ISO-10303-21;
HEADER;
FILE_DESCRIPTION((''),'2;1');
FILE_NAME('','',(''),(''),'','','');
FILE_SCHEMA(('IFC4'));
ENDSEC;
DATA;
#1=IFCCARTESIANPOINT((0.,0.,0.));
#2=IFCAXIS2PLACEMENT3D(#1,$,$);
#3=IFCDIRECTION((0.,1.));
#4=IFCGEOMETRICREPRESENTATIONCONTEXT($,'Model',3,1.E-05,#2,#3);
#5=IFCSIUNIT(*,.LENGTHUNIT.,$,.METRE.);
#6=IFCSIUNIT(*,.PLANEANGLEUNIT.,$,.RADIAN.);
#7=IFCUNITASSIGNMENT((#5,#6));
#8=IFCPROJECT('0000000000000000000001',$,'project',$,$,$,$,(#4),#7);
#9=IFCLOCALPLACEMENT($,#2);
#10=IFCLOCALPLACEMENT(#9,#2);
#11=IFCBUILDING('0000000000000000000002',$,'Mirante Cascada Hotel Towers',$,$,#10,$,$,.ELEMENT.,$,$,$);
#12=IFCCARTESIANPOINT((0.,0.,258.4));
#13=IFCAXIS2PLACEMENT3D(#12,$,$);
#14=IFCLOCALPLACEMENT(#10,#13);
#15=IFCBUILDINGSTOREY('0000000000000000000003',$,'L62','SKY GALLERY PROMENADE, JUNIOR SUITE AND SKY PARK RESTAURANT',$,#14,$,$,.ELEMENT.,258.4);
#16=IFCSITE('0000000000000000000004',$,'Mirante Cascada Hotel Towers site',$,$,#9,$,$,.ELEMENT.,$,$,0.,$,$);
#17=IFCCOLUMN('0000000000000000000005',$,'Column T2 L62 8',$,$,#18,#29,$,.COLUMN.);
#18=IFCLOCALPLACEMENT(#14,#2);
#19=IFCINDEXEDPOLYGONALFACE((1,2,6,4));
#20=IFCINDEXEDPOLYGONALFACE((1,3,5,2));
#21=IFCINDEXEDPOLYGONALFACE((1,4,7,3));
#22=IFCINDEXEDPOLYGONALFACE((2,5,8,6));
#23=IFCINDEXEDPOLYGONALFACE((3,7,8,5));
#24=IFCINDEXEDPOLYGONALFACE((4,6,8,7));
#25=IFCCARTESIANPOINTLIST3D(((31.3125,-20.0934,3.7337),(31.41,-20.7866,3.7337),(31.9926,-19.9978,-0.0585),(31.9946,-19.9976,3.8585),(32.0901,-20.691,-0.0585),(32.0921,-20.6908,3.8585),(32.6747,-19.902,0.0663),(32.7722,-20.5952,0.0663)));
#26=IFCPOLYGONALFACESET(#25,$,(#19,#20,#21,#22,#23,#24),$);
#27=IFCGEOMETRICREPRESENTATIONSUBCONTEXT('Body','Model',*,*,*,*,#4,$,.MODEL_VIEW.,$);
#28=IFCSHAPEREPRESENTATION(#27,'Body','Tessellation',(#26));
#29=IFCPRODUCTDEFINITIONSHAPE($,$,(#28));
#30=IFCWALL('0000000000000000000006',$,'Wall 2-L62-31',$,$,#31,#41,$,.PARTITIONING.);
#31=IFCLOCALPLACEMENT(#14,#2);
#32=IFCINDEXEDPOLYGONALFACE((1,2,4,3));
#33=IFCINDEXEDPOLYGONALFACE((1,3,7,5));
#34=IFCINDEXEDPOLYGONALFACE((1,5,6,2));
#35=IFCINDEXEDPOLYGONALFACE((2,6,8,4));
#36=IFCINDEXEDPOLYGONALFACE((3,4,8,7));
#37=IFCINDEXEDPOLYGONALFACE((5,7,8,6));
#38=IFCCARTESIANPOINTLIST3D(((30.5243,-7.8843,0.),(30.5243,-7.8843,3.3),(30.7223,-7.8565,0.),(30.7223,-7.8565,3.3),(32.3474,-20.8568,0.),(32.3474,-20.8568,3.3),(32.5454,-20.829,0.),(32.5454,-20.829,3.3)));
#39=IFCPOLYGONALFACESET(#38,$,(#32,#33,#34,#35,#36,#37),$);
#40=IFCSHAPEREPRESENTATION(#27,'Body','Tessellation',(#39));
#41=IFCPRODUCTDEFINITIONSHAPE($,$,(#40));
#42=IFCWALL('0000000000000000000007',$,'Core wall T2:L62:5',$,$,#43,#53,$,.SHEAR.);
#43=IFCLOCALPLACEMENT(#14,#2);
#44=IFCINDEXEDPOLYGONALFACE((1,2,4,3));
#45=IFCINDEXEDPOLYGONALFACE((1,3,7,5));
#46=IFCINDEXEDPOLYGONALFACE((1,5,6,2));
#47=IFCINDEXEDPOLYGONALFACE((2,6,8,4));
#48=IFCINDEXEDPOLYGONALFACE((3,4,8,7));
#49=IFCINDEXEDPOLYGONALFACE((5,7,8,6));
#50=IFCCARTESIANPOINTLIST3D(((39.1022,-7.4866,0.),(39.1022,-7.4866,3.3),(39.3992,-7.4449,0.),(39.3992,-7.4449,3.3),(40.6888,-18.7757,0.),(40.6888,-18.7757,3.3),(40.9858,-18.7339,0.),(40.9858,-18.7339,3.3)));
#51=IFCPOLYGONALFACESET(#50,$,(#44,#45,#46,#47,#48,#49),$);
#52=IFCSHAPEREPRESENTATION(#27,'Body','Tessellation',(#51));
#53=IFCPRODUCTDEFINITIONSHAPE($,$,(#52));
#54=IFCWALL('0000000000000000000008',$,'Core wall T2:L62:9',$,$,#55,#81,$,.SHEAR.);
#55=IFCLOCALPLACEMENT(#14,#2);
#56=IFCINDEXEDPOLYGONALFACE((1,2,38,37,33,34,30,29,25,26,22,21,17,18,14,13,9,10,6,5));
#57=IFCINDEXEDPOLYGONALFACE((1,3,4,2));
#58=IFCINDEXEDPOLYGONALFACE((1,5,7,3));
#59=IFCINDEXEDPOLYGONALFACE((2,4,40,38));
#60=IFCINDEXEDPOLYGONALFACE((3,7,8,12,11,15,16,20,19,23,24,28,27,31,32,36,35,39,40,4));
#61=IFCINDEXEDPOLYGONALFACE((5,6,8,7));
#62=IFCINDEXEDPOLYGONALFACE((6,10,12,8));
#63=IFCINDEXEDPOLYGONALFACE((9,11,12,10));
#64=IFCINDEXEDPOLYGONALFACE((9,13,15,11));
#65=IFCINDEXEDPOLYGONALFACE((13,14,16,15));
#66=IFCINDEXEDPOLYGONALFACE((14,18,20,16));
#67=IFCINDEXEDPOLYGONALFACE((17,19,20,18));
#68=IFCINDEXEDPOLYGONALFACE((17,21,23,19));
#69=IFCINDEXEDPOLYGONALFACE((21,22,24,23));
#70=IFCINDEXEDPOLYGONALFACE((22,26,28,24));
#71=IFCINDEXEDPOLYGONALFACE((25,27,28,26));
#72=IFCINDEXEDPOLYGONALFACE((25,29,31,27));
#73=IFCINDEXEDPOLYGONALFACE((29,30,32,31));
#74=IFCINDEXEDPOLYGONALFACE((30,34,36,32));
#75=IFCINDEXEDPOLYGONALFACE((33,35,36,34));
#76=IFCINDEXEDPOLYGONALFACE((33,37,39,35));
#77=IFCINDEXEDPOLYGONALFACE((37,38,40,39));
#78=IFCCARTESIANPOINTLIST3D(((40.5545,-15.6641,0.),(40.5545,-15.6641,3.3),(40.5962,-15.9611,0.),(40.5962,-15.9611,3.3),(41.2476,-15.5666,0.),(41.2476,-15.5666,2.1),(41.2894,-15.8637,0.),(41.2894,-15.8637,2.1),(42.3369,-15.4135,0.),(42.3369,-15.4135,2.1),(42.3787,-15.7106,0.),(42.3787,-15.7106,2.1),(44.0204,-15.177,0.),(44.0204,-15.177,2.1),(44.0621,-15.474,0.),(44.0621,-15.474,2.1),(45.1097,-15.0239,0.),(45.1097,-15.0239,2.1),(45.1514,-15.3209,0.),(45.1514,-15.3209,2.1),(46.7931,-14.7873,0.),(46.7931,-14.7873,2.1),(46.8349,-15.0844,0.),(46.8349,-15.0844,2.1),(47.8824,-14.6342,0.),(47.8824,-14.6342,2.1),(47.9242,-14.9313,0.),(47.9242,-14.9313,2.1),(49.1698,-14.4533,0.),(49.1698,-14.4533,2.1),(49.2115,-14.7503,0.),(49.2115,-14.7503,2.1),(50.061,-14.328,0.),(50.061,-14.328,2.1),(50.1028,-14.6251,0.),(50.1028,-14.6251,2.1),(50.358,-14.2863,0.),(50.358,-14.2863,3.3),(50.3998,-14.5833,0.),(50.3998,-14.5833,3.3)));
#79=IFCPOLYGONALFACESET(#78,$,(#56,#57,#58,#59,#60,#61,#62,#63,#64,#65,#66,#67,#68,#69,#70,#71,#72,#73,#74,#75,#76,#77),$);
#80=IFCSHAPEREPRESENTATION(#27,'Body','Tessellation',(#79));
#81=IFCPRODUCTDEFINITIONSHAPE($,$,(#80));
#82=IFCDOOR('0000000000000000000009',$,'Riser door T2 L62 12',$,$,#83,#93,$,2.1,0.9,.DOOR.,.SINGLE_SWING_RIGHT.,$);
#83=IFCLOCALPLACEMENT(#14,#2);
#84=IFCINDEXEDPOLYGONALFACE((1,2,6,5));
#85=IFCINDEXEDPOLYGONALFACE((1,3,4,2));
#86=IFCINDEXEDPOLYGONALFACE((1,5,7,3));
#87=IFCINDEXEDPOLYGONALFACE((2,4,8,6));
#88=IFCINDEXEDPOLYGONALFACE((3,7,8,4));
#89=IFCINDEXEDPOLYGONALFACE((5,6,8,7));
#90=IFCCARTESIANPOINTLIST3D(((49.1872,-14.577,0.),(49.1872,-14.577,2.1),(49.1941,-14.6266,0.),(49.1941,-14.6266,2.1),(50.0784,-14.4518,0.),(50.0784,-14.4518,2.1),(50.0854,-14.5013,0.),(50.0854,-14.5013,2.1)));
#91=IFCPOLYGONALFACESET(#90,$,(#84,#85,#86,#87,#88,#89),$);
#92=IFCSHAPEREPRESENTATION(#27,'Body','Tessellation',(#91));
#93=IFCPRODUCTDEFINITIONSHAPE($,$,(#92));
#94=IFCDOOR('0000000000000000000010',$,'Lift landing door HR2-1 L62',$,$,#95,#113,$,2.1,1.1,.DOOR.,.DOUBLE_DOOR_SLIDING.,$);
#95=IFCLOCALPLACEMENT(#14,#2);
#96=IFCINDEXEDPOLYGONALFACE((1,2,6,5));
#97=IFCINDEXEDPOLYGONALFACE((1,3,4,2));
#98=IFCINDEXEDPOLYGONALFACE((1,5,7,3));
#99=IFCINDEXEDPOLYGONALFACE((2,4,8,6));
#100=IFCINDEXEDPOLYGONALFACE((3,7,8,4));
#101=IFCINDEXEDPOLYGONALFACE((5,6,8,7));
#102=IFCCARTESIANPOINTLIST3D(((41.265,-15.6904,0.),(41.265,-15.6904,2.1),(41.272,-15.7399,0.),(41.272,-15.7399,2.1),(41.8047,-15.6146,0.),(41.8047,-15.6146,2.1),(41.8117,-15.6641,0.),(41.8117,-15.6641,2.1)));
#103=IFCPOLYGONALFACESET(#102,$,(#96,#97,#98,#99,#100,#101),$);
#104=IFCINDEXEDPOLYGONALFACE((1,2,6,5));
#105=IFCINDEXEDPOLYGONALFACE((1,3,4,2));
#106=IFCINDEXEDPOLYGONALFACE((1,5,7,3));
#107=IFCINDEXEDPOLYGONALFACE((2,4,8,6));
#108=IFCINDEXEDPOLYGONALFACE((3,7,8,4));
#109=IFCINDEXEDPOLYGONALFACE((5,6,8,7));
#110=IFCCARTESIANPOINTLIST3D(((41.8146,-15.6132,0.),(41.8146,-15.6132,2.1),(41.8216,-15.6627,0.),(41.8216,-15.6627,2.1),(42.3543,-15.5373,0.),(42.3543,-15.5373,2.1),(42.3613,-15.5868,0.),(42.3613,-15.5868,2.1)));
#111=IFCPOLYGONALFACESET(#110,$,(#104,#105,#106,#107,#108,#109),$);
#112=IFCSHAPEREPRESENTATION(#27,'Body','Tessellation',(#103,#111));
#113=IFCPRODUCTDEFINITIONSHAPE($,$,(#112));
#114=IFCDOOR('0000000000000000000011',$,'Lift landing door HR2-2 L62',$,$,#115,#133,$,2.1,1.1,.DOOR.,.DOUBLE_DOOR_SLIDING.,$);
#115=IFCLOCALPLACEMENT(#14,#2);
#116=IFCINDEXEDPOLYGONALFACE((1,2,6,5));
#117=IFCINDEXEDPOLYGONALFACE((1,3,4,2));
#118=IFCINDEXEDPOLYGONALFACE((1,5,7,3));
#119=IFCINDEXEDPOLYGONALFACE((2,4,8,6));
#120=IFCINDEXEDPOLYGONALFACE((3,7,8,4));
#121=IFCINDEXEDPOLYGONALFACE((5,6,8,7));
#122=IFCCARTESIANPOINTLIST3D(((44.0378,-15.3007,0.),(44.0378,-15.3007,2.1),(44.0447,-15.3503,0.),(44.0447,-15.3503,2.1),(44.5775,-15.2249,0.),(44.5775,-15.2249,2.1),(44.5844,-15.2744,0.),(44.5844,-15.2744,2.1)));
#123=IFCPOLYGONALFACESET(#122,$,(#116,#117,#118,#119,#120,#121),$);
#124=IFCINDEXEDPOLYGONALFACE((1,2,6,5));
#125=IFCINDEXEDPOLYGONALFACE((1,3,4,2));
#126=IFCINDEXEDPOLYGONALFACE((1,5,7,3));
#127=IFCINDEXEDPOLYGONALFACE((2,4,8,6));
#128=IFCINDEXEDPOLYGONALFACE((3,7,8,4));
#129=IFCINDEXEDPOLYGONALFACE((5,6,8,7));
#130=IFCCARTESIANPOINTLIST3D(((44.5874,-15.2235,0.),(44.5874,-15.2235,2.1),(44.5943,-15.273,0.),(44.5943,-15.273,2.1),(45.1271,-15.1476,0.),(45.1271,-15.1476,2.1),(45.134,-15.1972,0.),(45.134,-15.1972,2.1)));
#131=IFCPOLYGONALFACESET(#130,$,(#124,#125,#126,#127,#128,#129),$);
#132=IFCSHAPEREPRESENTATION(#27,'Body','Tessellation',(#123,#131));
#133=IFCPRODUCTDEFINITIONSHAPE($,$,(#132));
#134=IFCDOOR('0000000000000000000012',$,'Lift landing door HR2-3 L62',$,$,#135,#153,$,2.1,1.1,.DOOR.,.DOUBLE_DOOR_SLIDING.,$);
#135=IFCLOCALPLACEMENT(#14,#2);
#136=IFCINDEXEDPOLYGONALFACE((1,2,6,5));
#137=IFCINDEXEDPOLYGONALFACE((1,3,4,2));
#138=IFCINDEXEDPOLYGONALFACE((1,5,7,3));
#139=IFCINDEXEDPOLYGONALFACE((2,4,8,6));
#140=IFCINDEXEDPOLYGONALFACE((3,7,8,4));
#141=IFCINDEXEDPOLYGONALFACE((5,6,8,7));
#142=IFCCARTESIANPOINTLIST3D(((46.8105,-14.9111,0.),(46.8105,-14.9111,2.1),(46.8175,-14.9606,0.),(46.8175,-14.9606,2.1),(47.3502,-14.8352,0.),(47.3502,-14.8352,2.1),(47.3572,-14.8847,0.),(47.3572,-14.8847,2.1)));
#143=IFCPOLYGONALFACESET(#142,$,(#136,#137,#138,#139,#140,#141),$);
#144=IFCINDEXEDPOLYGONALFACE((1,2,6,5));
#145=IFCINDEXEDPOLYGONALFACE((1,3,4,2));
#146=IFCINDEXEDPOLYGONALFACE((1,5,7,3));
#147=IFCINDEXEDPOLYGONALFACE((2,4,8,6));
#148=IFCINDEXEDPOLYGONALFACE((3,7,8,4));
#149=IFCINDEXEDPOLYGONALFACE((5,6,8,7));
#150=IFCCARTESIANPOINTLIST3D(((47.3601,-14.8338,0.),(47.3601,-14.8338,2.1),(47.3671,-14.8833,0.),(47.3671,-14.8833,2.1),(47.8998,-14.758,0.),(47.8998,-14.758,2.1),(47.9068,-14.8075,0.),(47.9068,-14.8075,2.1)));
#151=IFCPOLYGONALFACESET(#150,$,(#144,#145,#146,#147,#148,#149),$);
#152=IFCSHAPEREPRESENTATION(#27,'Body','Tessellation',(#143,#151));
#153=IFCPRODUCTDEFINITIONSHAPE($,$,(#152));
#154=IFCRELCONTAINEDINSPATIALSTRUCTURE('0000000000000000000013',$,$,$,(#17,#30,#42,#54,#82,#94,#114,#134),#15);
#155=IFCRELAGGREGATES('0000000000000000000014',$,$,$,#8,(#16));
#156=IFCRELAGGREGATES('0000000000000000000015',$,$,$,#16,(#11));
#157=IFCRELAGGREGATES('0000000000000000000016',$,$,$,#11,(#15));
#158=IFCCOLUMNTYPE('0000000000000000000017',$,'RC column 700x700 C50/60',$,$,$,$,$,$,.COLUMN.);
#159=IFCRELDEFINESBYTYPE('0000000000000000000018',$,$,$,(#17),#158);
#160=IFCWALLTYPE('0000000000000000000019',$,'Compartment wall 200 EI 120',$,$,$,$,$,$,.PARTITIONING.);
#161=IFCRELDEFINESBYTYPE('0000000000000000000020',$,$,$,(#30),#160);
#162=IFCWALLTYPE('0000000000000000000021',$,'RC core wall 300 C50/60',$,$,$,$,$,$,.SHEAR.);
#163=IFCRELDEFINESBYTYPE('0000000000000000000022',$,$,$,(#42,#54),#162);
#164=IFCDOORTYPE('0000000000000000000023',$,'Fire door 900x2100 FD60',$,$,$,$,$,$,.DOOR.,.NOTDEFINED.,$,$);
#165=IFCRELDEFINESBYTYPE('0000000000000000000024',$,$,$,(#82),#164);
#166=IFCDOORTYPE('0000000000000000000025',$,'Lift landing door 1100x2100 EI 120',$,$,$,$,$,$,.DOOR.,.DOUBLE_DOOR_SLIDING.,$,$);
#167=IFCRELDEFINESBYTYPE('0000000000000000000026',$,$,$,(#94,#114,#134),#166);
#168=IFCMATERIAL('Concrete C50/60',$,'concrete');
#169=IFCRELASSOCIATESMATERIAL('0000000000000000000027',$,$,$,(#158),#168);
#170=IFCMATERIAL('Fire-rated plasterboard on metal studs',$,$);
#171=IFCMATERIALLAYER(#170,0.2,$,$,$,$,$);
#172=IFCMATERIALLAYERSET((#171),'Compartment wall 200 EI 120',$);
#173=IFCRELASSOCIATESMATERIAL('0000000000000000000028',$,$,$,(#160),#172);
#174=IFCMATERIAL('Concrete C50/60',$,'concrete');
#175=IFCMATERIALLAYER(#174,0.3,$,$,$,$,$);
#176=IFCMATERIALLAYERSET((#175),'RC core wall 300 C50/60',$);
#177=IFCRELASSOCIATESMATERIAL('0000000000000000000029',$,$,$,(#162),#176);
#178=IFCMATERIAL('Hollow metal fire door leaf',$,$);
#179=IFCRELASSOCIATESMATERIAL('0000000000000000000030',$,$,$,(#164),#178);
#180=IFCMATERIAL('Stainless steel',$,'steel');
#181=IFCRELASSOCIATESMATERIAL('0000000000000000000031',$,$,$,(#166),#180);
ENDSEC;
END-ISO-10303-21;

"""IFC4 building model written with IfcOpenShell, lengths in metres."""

from ifc_helpers import new_model, si_unit, direction, frame, frame_2d, origin, origin_2d, place, context, subcontext, project, spatial, rectangle, extrude, material, layer, layer_set, material_profile, profile_set, type_object, element, fill, save


model = new_model("IFC4")

# Units and contexts
model_context = context("Model", 3, precision=1e-05, world=origin(), true_north=direction((0.0, 1.0)))
body_context = subcontext(model_context, "Body", "Model", "MODEL_VIEW")
ifc_project = project(units=[si_unit("LENGTHUNIT", "METRE"), si_unit("PLANEANGLEUNIT", "RADIAN")], contexts=[model_context])

# Site, building, storey
site_placement = place(None, origin())
site = spatial("IfcSite", under=ifc_project, at=site_placement, Name="Mirante Cascada Hotel Towers site", CompositionType="ELEMENT", RefElevation=0.0)
building_placement = place(site_placement, origin())
building = spatial("IfcBuilding", under=site, at=building_placement, Name="Mirante Cascada Hotel Towers", CompositionType="ELEMENT")
storey_placement = place(building_placement, frame((0.0, 0.0, 258.4)))
storey = spatial("IfcBuildingStorey", under=building, at=storey_placement, Name="L62", Description="SKY GALLERY PROMENADE, JUNIOR SUITE AND SKY PARK RESTAURANT", CompositionType="ELEMENT", Elevation=258.4)

# Column
ifc_material_1 = material(Name="Concrete C50/60", Category="concrete")
ifc_material_profile = material_profile(ifc_material_1, rectangle(XDim=0.7, YDim=0.7, at=origin_2d()), Name="RC column 700x700 C50/60")
ifc_profile_set = profile_set([ifc_material_profile], Name="Concrete C50/60")
column_type = type_object("IfcColumnType", Name="RC column 700x700 C50/60", PredefinedType="COLUMN", material=ifc_profile_set)
column_placement = place(storey_placement, frame((32.3824, -20.2965, 0.0039), z_axis=(-0.176471, -0.024806, 0.983993), x_axis=(0.139199, -0.990264, 0.0)))
element("IfcColumn", 1, at=column_placement, inside=storey, type_object=column_type, Name="Column T2 L62 8", PredefinedType="COLUMN", context=body_context, shape_type="SweptSolid", body=[
    extrude(rectangle(XDim=0.7, YDim=0.7, at=origin_2d()), origin(), (0.0, 0.0, 1.0), 3.8539),
])

# Walls
ifc_material_2 = material(Name="Fire-rated plasterboard on metal studs")
ifc_layer_1 = layer(ifc_material_2, 0.2)
ifc_layer_set_1 = layer_set([ifc_layer_1], Name="Compartment wall 200 EI 120")
wall_type_1 = type_object("IfcWallType", Name="Compartment wall 200 EI 120", PredefinedType="PARTITIONING", material=ifc_layer_set_1)
wall_1_placement = place(storey_placement, frame((32.4464, -20.8429, 0.0), z_axis=(0.0, 0.0, 1.0), x_axis=(-0.139168, 0.990269, 0.0)))
element("IfcWall", 2, at=wall_1_placement, inside=storey, type_object=wall_type_1, Name="Wall 2-L62-31", PredefinedType="PARTITIONING", context=body_context, shape_type="SweptSolid", body=[
    extrude(rectangle(XDim=13.1, YDim=0.2, at=frame_2d((6.55, 0.0))), origin(), (0.0, 0.0, 1.0), 3.3),
])
ifc_material_3 = material(Name="Concrete C50/60", Category="concrete")
ifc_layer_2 = layer(ifc_material_3, 0.3)
ifc_layer_set_2 = layer_set([ifc_layer_2], Name="RC core wall 300 C50/60")
wall_type_2 = type_object("IfcWallType", Name="RC core wall 300 C50/60", PredefinedType="SHEAR", material=ifc_layer_set_2)
wall_2_placement = place(storey_placement, frame((40.8373, -18.7548, 0.0), z_axis=(0.0, 0.0, 1.0), x_axis=(-0.139175, 0.990268, 0.0)))
element("IfcWall", 3, at=wall_2_placement, inside=storey, type_object=wall_type_2, Name="Core wall T2:L62:5", PredefinedType="SHEAR", context=body_context, shape_type="SweptSolid", body=[
    extrude(rectangle(XDim=11.4, YDim=0.3, at=frame_2d((5.7, 0.0))), origin(), (0.0, 0.0, 1.0), 3.3),
])

# Wall, openings, doors
wall_3_placement = place(storey_placement, frame((40.5753, -15.8126, 0.0), z_axis=(0.0, 0.0, 1.0), x_axis=(0.990268, 0.139173, 0.0)))
wall_3 = element("IfcWall", 4, at=wall_3_placement, inside=storey, type_object=wall_type_2, Name="Core wall T2:L62:9", PredefinedType="SHEAR", context=body_context, shape_type="SweptSolid", body=[
    extrude(rectangle(XDim=9.8999, YDim=0.3, at=frame_2d((4.95, 0.0))), origin(), (0.0, 0.0, 1.0), 3.3),
])
opening_1_placement = place(wall_3_placement, frame((0.7, 0.0, 0.0)))
opening_1 = element("IfcOpeningElement", 5, at=opening_1_placement, cuts=wall_3, PredefinedType="OPENING", context=body_context, shape_type="SweptSolid", body=[
    extrude(rectangle(XDim=1.1, YDim=2.1, at=frame_2d((0.55, 1.05))), frame((0.0, 0.15, 0.0), z_axis=(0.0, -1.0, 0.0), x_axis=(1.0, 0.0, 0.0)), (0.0, 0.0, 1.0), 0.3),
])
opening_2_placement = place(wall_3_placement, frame((3.5, 0.0, 0.0)))
opening_2 = element("IfcOpeningElement", 6, at=opening_2_placement, cuts=wall_3, PredefinedType="OPENING", context=body_context, shape_type="SweptSolid", body=[
    extrude(rectangle(XDim=1.1, YDim=2.1, at=frame_2d((0.55, 1.05))), frame((0.0, 0.15, 0.0), z_axis=(0.0, -1.0, 0.0), x_axis=(1.0, 0.0, 0.0)), (0.0, 0.0, 1.0), 0.3),
])
opening_3_placement = place(wall_3_placement, frame((6.3, 0.0, 0.0)))
opening_3 = element("IfcOpeningElement", 7, at=opening_3_placement, cuts=wall_3, PredefinedType="OPENING", context=body_context, shape_type="SweptSolid", body=[
    extrude(rectangle(XDim=1.1, YDim=2.1, at=frame_2d((0.55, 1.05))), frame((0.0, 0.15, 0.0), z_axis=(0.0, -1.0, 0.0), x_axis=(1.0, 0.0, 0.0)), (0.0, 0.0, 1.0), 0.3),
])
opening_4_placement = place(wall_3_placement, frame((8.7, 0.0, 0.0)))
opening_4 = element("IfcOpeningElement", 8, at=opening_4_placement, cuts=wall_3, PredefinedType="OPENING", context=body_context, shape_type="SweptSolid", body=[
    extrude(rectangle(XDim=0.9, YDim=2.1, at=frame_2d((0.45, 1.05))), frame((0.0, 0.15, 0.0), z_axis=(0.0, -1.0, 0.0), x_axis=(1.0, 0.0, 0.0)), (0.0, 0.0, 1.0), 0.3),
])
ifc_material_4 = material(Name="Hollow metal fire door leaf")
door_type_1 = type_object("IfcDoorType", Name="Fire door 900x2100 FD60", OperationType="NOTDEFINED", PredefinedType="DOOR", material=ifc_material_4)
door_1_placement = place(opening_4_placement, frame((0.9, 0.0, 0.0), z_axis=(0.0, 0.0, 1.0), x_axis=(-1.0, 0.0, 0.0)))
door_1 = element("IfcDoor", 9, at=door_1_placement, inside=storey, type_object=door_type_1, Name="Riser door T2 L62 12", OperationType="SINGLE_SWING_RIGHT", OverallHeight=2.1, OverallWidth=0.9, PredefinedType="DOOR", context=body_context, shape_type="SweptSolid", body=[
    extrude(rectangle(XDim=0.9, YDim=2.1, at=frame_2d((0.45, 1.05))), frame((0.0, 0.025, 0.0), z_axis=(0.0, -1.0, 0.0), x_axis=(1.0, 0.0, 0.0)), (0.0, 0.0, 1.0), 0.05),
])
fill(opening_4, door_1)
ifc_material_5 = material(Name="Stainless steel", Category="steel")
door_type_2 = type_object("IfcDoorType", Name="Lift landing door 1100x2100 EI 120", OperationType="DOUBLE_DOOR_SLIDING", PredefinedType="DOOR", material=ifc_material_5)
door_2_placement = place(opening_1_placement, origin())
door_2 = element("IfcDoor", 10, at=door_2_placement, inside=storey, type_object=door_type_2, Name="Lift landing door HR2-1 L62", OperationType="DOUBLE_DOOR_SLIDING", OverallHeight=2.1, OverallWidth=1.1, PredefinedType="DOOR", context=body_context, shape_type="SweptSolid", body=[
    extrude(rectangle(XDim=0.545, YDim=2.1, at=frame_2d((0.2725, 1.05))), frame((0.0, 0.025, 0.0), z_axis=(0.0, -1.0, 0.0), x_axis=(1.0, 0.0, 0.0)), (0.0, 0.0, 1.0), 0.05),
    extrude(rectangle(XDim=0.545, YDim=2.1, at=frame_2d((0.8275, 1.05))), frame((0.0, 0.025, 0.0), z_axis=(0.0, -1.0, 0.0), x_axis=(1.0, 0.0, 0.0)), (0.0, 0.0, 1.0), 0.05),
])
fill(opening_1, door_2)
door_3_placement = place(opening_2_placement, origin())
door_3 = element("IfcDoor", 11, at=door_3_placement, inside=storey, type_object=door_type_2, Name="Lift landing door HR2-2 L62", OperationType="DOUBLE_DOOR_SLIDING", OverallHeight=2.1, OverallWidth=1.1, PredefinedType="DOOR", context=body_context, shape_type="SweptSolid", body=[
    extrude(rectangle(XDim=0.545, YDim=2.1, at=frame_2d((0.2725, 1.05))), frame((0.0, 0.025, 0.0), z_axis=(0.0, -1.0, 0.0), x_axis=(1.0, 0.0, 0.0)), (0.0, 0.0, 1.0), 0.05),
    extrude(rectangle(XDim=0.545, YDim=2.1, at=frame_2d((0.8275, 1.05))), frame((0.0, 0.025, 0.0), z_axis=(0.0, -1.0, 0.0), x_axis=(1.0, 0.0, 0.0)), (0.0, 0.0, 1.0), 0.05),
])
fill(opening_2, door_3)
door_4_placement = place(opening_3_placement, origin())
door_4 = element("IfcDoor", 12, at=door_4_placement, inside=storey, type_object=door_type_2, Name="Lift landing door HR2-3 L62", OperationType="DOUBLE_DOOR_SLIDING", OverallHeight=2.1, OverallWidth=1.1, PredefinedType="DOOR", context=body_context, shape_type="SweptSolid", body=[
    extrude(rectangle(XDim=0.545, YDim=2.1, at=frame_2d((0.2725, 1.05))), frame((0.0, 0.025, 0.0), z_axis=(0.0, -1.0, 0.0), x_axis=(1.0, 0.0, 0.0)), (0.0, 0.0, 1.0), 0.05),
    extrude(rectangle(XDim=0.545, YDim=2.1, at=frame_2d((0.8275, 1.05))), frame((0.0, 0.025, 0.0), z_axis=(0.0, -1.0, 0.0), x_axis=(1.0, 0.0, 0.0)), (0.0, 0.0, 1.0), 0.05),
])
fill(opening_3, door_4)

save(model, "model.ifc")
